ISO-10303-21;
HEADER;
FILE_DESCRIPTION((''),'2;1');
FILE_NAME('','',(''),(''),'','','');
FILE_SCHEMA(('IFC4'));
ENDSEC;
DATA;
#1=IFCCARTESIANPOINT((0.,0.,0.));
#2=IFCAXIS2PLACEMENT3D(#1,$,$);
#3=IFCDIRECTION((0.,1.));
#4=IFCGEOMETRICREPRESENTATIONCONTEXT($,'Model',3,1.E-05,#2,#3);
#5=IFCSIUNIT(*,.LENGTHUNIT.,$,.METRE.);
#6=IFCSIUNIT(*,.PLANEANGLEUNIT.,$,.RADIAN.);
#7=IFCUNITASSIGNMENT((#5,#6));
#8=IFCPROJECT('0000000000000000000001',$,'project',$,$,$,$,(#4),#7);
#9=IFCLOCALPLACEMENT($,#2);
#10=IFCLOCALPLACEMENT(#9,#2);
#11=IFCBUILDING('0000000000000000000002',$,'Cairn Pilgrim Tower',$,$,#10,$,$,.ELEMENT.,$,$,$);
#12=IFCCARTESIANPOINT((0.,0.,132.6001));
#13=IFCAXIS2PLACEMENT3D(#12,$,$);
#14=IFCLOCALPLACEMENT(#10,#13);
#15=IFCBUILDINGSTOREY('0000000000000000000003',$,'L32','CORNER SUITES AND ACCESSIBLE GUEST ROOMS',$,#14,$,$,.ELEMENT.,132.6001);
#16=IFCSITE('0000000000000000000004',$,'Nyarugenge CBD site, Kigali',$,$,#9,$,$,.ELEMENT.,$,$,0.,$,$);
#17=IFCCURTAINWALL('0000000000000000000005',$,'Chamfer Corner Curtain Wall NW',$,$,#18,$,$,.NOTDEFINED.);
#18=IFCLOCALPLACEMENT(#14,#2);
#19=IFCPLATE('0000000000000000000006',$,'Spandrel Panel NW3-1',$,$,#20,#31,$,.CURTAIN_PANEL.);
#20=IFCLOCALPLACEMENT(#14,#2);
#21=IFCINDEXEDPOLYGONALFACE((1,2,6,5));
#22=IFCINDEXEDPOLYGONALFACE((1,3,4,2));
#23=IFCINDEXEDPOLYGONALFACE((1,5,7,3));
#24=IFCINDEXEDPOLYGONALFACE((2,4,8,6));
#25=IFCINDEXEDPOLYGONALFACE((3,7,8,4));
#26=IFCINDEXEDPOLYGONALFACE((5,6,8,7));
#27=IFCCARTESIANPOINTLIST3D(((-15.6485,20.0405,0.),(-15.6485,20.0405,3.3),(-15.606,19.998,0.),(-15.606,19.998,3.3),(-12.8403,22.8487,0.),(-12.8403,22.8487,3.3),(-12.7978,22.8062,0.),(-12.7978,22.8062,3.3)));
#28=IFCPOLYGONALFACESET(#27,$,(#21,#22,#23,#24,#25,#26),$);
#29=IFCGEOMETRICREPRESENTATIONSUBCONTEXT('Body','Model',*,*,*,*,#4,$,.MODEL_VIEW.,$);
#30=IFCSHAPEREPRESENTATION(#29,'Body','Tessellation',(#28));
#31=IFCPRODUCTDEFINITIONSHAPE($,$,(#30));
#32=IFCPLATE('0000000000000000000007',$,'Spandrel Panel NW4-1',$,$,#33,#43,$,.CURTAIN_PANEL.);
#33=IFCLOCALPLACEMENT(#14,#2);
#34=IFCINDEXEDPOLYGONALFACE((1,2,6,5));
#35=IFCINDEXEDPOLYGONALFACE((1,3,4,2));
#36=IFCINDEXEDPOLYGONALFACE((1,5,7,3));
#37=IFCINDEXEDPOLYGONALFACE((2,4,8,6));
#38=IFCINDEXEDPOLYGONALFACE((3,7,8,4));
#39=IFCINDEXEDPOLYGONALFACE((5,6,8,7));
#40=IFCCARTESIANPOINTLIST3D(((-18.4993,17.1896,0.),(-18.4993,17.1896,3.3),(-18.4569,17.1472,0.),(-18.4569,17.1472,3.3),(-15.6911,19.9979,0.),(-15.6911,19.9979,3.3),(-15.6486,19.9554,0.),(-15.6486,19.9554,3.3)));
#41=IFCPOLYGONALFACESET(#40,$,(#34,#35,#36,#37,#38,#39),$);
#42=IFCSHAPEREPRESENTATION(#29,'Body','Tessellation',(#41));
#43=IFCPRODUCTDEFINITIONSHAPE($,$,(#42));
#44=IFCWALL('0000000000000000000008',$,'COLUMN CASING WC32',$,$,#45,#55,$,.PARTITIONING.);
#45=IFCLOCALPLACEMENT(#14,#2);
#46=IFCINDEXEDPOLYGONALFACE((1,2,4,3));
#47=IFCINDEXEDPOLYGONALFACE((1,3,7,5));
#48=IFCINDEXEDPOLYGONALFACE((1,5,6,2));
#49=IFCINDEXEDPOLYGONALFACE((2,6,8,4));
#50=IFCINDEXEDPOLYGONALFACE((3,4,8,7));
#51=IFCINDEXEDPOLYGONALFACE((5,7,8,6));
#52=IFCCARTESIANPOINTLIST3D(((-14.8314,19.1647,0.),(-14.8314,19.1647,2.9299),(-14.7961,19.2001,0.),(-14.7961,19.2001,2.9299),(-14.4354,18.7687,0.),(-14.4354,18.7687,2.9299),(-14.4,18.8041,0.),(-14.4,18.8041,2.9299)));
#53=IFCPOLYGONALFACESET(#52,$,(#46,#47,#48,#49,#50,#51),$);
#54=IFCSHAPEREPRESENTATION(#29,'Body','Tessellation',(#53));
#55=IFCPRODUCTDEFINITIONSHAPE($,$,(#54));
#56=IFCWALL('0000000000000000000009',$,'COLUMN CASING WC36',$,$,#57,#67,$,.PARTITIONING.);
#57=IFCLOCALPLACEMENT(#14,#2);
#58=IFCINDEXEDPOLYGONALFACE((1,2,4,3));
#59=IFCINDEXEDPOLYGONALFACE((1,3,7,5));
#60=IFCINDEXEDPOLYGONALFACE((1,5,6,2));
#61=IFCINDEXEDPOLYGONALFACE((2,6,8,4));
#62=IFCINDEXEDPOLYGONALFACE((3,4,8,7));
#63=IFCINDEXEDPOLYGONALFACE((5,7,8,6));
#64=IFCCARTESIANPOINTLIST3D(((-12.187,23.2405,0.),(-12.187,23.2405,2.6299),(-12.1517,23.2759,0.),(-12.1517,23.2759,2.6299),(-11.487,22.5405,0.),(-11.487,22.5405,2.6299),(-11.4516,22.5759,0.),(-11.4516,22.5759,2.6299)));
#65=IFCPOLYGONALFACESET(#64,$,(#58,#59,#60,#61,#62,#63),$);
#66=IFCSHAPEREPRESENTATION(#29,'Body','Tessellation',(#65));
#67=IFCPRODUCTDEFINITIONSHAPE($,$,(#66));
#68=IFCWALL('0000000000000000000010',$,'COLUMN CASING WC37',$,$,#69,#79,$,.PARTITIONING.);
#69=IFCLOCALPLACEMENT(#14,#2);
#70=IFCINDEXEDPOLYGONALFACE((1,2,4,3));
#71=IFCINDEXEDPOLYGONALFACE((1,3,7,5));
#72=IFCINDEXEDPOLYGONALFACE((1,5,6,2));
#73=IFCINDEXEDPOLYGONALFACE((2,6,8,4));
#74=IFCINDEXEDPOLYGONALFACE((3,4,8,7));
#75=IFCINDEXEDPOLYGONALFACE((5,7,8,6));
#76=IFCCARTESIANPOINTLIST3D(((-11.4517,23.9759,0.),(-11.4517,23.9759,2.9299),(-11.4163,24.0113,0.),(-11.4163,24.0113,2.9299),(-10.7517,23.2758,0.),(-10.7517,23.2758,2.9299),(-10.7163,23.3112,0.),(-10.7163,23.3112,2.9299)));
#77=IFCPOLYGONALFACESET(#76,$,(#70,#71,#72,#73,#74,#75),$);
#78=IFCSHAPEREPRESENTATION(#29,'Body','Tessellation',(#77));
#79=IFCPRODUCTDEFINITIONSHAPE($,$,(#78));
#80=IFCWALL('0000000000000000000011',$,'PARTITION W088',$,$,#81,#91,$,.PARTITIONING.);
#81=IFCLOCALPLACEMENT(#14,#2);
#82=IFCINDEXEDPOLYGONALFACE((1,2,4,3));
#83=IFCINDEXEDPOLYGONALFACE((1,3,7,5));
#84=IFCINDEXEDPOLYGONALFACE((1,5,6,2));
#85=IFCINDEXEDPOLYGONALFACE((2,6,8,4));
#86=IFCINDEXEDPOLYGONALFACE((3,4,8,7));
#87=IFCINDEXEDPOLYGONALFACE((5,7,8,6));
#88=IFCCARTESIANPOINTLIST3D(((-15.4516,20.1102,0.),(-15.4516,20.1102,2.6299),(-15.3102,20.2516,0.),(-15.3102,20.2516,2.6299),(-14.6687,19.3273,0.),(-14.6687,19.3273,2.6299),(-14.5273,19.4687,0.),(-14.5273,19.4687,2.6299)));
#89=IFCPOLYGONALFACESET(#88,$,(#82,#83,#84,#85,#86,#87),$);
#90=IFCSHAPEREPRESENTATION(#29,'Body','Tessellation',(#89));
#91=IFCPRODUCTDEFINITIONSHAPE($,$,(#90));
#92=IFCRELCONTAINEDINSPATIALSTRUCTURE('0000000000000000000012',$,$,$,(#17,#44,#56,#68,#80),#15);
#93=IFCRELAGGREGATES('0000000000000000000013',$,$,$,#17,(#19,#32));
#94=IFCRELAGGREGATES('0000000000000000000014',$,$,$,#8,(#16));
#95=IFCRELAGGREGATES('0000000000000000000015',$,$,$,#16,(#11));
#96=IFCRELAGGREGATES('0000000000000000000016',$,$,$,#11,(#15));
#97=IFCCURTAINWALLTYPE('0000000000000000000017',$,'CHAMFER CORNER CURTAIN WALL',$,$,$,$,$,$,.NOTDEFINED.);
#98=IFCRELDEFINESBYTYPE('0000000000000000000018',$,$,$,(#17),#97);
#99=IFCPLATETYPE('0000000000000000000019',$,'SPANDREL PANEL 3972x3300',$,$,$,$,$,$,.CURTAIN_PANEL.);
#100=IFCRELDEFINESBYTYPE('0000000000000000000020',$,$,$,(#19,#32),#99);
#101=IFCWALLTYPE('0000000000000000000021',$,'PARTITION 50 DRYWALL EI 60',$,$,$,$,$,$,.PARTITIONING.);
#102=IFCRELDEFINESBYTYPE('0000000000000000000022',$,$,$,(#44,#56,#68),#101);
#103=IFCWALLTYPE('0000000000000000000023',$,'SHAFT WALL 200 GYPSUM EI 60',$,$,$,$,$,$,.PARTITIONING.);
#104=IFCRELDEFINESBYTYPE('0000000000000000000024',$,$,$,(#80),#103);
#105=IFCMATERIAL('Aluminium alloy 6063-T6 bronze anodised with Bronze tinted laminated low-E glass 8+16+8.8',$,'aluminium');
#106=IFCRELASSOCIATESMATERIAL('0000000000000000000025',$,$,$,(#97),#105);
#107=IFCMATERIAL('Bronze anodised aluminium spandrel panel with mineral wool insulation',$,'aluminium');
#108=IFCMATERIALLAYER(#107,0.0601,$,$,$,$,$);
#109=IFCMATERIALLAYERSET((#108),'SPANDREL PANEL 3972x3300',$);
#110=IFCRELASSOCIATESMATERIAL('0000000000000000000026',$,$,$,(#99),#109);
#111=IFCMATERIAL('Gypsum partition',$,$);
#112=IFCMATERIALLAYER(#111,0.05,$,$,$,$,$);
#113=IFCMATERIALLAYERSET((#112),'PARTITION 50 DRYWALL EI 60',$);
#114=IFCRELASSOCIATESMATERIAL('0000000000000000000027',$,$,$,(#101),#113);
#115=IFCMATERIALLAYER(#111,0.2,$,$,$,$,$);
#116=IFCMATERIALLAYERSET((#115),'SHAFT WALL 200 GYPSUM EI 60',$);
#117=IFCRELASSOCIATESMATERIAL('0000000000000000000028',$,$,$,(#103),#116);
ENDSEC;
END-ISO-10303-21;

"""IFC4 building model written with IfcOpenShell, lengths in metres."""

from ifc_helpers import new_model, si_unit, direction, frame, frame_2d, origin, origin_2d, place, context, subcontext, project, spatial, rectangle, extrude, material, layer, layer_set, type_object, element, aggregate, save


model = new_model("IFC4")

# Units and contexts
model_context = context("Model", 3, precision=1e-05, world=origin(), true_north=direction((0.0, 1.0)))
body_context = subcontext(model_context, "Body", "Model", "MODEL_VIEW")
ifc_project = project(units=[si_unit("LENGTHUNIT", "METRE"), si_unit("PLANEANGLEUNIT", "RADIAN")], contexts=[model_context])

# Site, building, storey
site_placement = place(None, origin())
site = spatial("IfcSite", under=ifc_project, at=site_placement, Name="Nyarugenge CBD site, Kigali", CompositionType="ELEMENT", RefElevation=0.0)
building_placement = place(site_placement, origin())
building = spatial("IfcBuilding", under=site, at=building_placement, Name="Cairn Pilgrim Tower", CompositionType="ELEMENT")
storey_placement = place(building_placement, frame((0.0, 0.0, 132.6001)))
storey = spatial("IfcBuildingStorey", under=building, at=storey_placement, Name="L32", Description="CORNER SUITES AND ACCESSIBLE GUEST ROOMS", CompositionType="ELEMENT", Elevation=132.6001)

# Curtain wall
ifc_material_1 = material(Name="Aluminium alloy 6063-T6 bronze anodised with Bronze tinted laminated low-E glass 8+16+8.8", Category="aluminium")
curtain_wall_type_1 = type_object("IfcCurtainWallType", Name="CHAMFER CORNER CURTAIN WALL", PredefinedType="NOTDEFINED", material=ifc_material_1)
curtain_wall_1_placement = place(storey_placement, origin())
curtain_wall_1 = element("IfcCurtainWall", 1, at=curtain_wall_1_placement, inside=storey, type_object=curtain_wall_type_1, Name="Chamfer Corner Curtain Wall NW", PredefinedType="NOTDEFINED")

# Plates
ifc_material_2 = material(Name="Bronze anodised aluminium spandrel panel with mineral wool insulation", Category="aluminium")
ifc_layer_1 = layer(ifc_material_2, 0.0601)
ifc_layer_set_1 = layer_set([ifc_layer_1], Name="SPANDREL PANEL 3972x3300")
plate_type = type_object("IfcPlateType", Name="SPANDREL PANEL 3972x3300", PredefinedType="CURTAIN_PANEL", material=ifc_layer_set_1)
plate_1_placement = place(storey_placement, frame((-14.2231, 21.4233, 0.0), z_axis=(0.0, 0.0, 1.0), x_axis=(-0.707107, -0.707107, 0.0)))
plate_1 = element("IfcPlate", 2, at=plate_1_placement, type_object=plate_type, Name="Spandrel Panel NW3-1", PredefinedType="CURTAIN_PANEL", context=body_context, shape_type="SweptSolid", body=[
    extrude(rectangle(XDim=3.9714, YDim=0.0601, at=origin_2d()), origin(), (0.0, 0.0, 1.0), 3.3),
])
plate_2_placement = place(storey_placement, frame((-17.074, 18.5725, 0.0), z_axis=(0.0, 0.0, 1.0), x_axis=(-0.707107, -0.707107, 0.0)))
plate_2 = element("IfcPlate", 3, at=plate_2_placement, type_object=plate_type, Name="Spandrel Panel NW4-1", PredefinedType="CURTAIN_PANEL", context=body_context, shape_type="SweptSolid", body=[
    extrude(rectangle(XDim=3.9714, YDim=0.0601, at=origin_2d()), origin(), (0.0, 0.0, 1.0), 3.3),
])
aggregate(curtain_wall_1, [plate_1, plate_2])

# Walls
ifc_material_3 = material(Name="Gypsum partition")
ifc_layer_2 = layer(ifc_material_3, 0.05)
ifc_layer_set_2 = layer_set([ifc_layer_2], Name="PARTITION 50 DRYWALL EI 60")
wall_type_1 = type_object("IfcWallType", Name="PARTITION 50 DRYWALL EI 60", PredefinedType="PARTITIONING", material=ifc_layer_set_2)
wall_1_placement = place(storey_placement, frame((-14.4177, 18.7864, 0.0), z_axis=(0.0, 0.0, 1.0), x_axis=(-0.707107, 0.707107, 0.0)))
element("IfcWall", 4, at=wall_1_placement, inside=storey, type_object=wall_type_1, Name="COLUMN CASING WC32", PredefinedType="PARTITIONING", context=body_context, shape_type="SweptSolid", body=[
    extrude(rectangle(XDim=0.5601, YDim=0.05, at=frame_2d((0.28, 0.0))), origin(), (0.0, 0.0, 1.0), 2.9299),
])
wall_2_placement = place(storey_placement, frame((-11.4692, 22.5581, 0.0), z_axis=(0.0, 0.0, 1.0), x_axis=(-0.707107, 0.707107, 0.0)))
element("IfcWall", 5, at=wall_2_placement, inside=storey, type_object=wall_type_1, Name="COLUMN CASING WC36", PredefinedType="PARTITIONING", context=body_context, shape_type="SweptSolid", body=[
    extrude(rectangle(XDim=0.99, YDim=0.05, at=frame_2d((0.4951, 0.0))), origin(), (0.0, 0.0, 1.0), 2.6299),
])
wall_3_placement = place(storey_placement, frame((-10.7339, 23.2935, 0.0), z_axis=(0.0, 0.0, 1.0), x_axis=(-0.707107, 0.707107, 0.0)))
element("IfcWall", 6, at=wall_3_placement, inside=storey, type_object=wall_type_1, Name="COLUMN CASING WC37", PredefinedType="PARTITIONING", context=body_context, shape_type="SweptSolid", body=[
    extrude(rectangle(XDim=0.99, YDim=0.05, at=frame_2d((0.4951, 0.0))), origin(), (0.0, 0.0, 1.0), 2.9299),
])
ifc_layer_3 = layer(ifc_material_3, 0.2)
ifc_layer_set_3 = layer_set([ifc_layer_3], Name="SHAFT WALL 200 GYPSUM EI 60")
wall_type_2 = type_object("IfcWallType", Name="SHAFT WALL 200 GYPSUM EI 60", PredefinedType="PARTITIONING", material=ifc_layer_set_3)
wall_4_placement = place(storey_placement, frame((-14.5979, 19.3979, 0.0), z_axis=(0.0, 0.0, 1.0), x_axis=(-0.707107, 0.707107, 0.0)))
element("IfcWall", 7, at=wall_4_placement, inside=storey, type_object=wall_type_2, Name="PARTITION W088", PredefinedType="PARTITIONING", context=body_context, shape_type="SweptSolid", body=[
    extrude(rectangle(XDim=1.1072, YDim=0.2, at=frame_2d((0.5537, 0.0))), origin(), (0.0, 0.0, 1.0), 2.6299),
])

save(model, "model.ifc")
